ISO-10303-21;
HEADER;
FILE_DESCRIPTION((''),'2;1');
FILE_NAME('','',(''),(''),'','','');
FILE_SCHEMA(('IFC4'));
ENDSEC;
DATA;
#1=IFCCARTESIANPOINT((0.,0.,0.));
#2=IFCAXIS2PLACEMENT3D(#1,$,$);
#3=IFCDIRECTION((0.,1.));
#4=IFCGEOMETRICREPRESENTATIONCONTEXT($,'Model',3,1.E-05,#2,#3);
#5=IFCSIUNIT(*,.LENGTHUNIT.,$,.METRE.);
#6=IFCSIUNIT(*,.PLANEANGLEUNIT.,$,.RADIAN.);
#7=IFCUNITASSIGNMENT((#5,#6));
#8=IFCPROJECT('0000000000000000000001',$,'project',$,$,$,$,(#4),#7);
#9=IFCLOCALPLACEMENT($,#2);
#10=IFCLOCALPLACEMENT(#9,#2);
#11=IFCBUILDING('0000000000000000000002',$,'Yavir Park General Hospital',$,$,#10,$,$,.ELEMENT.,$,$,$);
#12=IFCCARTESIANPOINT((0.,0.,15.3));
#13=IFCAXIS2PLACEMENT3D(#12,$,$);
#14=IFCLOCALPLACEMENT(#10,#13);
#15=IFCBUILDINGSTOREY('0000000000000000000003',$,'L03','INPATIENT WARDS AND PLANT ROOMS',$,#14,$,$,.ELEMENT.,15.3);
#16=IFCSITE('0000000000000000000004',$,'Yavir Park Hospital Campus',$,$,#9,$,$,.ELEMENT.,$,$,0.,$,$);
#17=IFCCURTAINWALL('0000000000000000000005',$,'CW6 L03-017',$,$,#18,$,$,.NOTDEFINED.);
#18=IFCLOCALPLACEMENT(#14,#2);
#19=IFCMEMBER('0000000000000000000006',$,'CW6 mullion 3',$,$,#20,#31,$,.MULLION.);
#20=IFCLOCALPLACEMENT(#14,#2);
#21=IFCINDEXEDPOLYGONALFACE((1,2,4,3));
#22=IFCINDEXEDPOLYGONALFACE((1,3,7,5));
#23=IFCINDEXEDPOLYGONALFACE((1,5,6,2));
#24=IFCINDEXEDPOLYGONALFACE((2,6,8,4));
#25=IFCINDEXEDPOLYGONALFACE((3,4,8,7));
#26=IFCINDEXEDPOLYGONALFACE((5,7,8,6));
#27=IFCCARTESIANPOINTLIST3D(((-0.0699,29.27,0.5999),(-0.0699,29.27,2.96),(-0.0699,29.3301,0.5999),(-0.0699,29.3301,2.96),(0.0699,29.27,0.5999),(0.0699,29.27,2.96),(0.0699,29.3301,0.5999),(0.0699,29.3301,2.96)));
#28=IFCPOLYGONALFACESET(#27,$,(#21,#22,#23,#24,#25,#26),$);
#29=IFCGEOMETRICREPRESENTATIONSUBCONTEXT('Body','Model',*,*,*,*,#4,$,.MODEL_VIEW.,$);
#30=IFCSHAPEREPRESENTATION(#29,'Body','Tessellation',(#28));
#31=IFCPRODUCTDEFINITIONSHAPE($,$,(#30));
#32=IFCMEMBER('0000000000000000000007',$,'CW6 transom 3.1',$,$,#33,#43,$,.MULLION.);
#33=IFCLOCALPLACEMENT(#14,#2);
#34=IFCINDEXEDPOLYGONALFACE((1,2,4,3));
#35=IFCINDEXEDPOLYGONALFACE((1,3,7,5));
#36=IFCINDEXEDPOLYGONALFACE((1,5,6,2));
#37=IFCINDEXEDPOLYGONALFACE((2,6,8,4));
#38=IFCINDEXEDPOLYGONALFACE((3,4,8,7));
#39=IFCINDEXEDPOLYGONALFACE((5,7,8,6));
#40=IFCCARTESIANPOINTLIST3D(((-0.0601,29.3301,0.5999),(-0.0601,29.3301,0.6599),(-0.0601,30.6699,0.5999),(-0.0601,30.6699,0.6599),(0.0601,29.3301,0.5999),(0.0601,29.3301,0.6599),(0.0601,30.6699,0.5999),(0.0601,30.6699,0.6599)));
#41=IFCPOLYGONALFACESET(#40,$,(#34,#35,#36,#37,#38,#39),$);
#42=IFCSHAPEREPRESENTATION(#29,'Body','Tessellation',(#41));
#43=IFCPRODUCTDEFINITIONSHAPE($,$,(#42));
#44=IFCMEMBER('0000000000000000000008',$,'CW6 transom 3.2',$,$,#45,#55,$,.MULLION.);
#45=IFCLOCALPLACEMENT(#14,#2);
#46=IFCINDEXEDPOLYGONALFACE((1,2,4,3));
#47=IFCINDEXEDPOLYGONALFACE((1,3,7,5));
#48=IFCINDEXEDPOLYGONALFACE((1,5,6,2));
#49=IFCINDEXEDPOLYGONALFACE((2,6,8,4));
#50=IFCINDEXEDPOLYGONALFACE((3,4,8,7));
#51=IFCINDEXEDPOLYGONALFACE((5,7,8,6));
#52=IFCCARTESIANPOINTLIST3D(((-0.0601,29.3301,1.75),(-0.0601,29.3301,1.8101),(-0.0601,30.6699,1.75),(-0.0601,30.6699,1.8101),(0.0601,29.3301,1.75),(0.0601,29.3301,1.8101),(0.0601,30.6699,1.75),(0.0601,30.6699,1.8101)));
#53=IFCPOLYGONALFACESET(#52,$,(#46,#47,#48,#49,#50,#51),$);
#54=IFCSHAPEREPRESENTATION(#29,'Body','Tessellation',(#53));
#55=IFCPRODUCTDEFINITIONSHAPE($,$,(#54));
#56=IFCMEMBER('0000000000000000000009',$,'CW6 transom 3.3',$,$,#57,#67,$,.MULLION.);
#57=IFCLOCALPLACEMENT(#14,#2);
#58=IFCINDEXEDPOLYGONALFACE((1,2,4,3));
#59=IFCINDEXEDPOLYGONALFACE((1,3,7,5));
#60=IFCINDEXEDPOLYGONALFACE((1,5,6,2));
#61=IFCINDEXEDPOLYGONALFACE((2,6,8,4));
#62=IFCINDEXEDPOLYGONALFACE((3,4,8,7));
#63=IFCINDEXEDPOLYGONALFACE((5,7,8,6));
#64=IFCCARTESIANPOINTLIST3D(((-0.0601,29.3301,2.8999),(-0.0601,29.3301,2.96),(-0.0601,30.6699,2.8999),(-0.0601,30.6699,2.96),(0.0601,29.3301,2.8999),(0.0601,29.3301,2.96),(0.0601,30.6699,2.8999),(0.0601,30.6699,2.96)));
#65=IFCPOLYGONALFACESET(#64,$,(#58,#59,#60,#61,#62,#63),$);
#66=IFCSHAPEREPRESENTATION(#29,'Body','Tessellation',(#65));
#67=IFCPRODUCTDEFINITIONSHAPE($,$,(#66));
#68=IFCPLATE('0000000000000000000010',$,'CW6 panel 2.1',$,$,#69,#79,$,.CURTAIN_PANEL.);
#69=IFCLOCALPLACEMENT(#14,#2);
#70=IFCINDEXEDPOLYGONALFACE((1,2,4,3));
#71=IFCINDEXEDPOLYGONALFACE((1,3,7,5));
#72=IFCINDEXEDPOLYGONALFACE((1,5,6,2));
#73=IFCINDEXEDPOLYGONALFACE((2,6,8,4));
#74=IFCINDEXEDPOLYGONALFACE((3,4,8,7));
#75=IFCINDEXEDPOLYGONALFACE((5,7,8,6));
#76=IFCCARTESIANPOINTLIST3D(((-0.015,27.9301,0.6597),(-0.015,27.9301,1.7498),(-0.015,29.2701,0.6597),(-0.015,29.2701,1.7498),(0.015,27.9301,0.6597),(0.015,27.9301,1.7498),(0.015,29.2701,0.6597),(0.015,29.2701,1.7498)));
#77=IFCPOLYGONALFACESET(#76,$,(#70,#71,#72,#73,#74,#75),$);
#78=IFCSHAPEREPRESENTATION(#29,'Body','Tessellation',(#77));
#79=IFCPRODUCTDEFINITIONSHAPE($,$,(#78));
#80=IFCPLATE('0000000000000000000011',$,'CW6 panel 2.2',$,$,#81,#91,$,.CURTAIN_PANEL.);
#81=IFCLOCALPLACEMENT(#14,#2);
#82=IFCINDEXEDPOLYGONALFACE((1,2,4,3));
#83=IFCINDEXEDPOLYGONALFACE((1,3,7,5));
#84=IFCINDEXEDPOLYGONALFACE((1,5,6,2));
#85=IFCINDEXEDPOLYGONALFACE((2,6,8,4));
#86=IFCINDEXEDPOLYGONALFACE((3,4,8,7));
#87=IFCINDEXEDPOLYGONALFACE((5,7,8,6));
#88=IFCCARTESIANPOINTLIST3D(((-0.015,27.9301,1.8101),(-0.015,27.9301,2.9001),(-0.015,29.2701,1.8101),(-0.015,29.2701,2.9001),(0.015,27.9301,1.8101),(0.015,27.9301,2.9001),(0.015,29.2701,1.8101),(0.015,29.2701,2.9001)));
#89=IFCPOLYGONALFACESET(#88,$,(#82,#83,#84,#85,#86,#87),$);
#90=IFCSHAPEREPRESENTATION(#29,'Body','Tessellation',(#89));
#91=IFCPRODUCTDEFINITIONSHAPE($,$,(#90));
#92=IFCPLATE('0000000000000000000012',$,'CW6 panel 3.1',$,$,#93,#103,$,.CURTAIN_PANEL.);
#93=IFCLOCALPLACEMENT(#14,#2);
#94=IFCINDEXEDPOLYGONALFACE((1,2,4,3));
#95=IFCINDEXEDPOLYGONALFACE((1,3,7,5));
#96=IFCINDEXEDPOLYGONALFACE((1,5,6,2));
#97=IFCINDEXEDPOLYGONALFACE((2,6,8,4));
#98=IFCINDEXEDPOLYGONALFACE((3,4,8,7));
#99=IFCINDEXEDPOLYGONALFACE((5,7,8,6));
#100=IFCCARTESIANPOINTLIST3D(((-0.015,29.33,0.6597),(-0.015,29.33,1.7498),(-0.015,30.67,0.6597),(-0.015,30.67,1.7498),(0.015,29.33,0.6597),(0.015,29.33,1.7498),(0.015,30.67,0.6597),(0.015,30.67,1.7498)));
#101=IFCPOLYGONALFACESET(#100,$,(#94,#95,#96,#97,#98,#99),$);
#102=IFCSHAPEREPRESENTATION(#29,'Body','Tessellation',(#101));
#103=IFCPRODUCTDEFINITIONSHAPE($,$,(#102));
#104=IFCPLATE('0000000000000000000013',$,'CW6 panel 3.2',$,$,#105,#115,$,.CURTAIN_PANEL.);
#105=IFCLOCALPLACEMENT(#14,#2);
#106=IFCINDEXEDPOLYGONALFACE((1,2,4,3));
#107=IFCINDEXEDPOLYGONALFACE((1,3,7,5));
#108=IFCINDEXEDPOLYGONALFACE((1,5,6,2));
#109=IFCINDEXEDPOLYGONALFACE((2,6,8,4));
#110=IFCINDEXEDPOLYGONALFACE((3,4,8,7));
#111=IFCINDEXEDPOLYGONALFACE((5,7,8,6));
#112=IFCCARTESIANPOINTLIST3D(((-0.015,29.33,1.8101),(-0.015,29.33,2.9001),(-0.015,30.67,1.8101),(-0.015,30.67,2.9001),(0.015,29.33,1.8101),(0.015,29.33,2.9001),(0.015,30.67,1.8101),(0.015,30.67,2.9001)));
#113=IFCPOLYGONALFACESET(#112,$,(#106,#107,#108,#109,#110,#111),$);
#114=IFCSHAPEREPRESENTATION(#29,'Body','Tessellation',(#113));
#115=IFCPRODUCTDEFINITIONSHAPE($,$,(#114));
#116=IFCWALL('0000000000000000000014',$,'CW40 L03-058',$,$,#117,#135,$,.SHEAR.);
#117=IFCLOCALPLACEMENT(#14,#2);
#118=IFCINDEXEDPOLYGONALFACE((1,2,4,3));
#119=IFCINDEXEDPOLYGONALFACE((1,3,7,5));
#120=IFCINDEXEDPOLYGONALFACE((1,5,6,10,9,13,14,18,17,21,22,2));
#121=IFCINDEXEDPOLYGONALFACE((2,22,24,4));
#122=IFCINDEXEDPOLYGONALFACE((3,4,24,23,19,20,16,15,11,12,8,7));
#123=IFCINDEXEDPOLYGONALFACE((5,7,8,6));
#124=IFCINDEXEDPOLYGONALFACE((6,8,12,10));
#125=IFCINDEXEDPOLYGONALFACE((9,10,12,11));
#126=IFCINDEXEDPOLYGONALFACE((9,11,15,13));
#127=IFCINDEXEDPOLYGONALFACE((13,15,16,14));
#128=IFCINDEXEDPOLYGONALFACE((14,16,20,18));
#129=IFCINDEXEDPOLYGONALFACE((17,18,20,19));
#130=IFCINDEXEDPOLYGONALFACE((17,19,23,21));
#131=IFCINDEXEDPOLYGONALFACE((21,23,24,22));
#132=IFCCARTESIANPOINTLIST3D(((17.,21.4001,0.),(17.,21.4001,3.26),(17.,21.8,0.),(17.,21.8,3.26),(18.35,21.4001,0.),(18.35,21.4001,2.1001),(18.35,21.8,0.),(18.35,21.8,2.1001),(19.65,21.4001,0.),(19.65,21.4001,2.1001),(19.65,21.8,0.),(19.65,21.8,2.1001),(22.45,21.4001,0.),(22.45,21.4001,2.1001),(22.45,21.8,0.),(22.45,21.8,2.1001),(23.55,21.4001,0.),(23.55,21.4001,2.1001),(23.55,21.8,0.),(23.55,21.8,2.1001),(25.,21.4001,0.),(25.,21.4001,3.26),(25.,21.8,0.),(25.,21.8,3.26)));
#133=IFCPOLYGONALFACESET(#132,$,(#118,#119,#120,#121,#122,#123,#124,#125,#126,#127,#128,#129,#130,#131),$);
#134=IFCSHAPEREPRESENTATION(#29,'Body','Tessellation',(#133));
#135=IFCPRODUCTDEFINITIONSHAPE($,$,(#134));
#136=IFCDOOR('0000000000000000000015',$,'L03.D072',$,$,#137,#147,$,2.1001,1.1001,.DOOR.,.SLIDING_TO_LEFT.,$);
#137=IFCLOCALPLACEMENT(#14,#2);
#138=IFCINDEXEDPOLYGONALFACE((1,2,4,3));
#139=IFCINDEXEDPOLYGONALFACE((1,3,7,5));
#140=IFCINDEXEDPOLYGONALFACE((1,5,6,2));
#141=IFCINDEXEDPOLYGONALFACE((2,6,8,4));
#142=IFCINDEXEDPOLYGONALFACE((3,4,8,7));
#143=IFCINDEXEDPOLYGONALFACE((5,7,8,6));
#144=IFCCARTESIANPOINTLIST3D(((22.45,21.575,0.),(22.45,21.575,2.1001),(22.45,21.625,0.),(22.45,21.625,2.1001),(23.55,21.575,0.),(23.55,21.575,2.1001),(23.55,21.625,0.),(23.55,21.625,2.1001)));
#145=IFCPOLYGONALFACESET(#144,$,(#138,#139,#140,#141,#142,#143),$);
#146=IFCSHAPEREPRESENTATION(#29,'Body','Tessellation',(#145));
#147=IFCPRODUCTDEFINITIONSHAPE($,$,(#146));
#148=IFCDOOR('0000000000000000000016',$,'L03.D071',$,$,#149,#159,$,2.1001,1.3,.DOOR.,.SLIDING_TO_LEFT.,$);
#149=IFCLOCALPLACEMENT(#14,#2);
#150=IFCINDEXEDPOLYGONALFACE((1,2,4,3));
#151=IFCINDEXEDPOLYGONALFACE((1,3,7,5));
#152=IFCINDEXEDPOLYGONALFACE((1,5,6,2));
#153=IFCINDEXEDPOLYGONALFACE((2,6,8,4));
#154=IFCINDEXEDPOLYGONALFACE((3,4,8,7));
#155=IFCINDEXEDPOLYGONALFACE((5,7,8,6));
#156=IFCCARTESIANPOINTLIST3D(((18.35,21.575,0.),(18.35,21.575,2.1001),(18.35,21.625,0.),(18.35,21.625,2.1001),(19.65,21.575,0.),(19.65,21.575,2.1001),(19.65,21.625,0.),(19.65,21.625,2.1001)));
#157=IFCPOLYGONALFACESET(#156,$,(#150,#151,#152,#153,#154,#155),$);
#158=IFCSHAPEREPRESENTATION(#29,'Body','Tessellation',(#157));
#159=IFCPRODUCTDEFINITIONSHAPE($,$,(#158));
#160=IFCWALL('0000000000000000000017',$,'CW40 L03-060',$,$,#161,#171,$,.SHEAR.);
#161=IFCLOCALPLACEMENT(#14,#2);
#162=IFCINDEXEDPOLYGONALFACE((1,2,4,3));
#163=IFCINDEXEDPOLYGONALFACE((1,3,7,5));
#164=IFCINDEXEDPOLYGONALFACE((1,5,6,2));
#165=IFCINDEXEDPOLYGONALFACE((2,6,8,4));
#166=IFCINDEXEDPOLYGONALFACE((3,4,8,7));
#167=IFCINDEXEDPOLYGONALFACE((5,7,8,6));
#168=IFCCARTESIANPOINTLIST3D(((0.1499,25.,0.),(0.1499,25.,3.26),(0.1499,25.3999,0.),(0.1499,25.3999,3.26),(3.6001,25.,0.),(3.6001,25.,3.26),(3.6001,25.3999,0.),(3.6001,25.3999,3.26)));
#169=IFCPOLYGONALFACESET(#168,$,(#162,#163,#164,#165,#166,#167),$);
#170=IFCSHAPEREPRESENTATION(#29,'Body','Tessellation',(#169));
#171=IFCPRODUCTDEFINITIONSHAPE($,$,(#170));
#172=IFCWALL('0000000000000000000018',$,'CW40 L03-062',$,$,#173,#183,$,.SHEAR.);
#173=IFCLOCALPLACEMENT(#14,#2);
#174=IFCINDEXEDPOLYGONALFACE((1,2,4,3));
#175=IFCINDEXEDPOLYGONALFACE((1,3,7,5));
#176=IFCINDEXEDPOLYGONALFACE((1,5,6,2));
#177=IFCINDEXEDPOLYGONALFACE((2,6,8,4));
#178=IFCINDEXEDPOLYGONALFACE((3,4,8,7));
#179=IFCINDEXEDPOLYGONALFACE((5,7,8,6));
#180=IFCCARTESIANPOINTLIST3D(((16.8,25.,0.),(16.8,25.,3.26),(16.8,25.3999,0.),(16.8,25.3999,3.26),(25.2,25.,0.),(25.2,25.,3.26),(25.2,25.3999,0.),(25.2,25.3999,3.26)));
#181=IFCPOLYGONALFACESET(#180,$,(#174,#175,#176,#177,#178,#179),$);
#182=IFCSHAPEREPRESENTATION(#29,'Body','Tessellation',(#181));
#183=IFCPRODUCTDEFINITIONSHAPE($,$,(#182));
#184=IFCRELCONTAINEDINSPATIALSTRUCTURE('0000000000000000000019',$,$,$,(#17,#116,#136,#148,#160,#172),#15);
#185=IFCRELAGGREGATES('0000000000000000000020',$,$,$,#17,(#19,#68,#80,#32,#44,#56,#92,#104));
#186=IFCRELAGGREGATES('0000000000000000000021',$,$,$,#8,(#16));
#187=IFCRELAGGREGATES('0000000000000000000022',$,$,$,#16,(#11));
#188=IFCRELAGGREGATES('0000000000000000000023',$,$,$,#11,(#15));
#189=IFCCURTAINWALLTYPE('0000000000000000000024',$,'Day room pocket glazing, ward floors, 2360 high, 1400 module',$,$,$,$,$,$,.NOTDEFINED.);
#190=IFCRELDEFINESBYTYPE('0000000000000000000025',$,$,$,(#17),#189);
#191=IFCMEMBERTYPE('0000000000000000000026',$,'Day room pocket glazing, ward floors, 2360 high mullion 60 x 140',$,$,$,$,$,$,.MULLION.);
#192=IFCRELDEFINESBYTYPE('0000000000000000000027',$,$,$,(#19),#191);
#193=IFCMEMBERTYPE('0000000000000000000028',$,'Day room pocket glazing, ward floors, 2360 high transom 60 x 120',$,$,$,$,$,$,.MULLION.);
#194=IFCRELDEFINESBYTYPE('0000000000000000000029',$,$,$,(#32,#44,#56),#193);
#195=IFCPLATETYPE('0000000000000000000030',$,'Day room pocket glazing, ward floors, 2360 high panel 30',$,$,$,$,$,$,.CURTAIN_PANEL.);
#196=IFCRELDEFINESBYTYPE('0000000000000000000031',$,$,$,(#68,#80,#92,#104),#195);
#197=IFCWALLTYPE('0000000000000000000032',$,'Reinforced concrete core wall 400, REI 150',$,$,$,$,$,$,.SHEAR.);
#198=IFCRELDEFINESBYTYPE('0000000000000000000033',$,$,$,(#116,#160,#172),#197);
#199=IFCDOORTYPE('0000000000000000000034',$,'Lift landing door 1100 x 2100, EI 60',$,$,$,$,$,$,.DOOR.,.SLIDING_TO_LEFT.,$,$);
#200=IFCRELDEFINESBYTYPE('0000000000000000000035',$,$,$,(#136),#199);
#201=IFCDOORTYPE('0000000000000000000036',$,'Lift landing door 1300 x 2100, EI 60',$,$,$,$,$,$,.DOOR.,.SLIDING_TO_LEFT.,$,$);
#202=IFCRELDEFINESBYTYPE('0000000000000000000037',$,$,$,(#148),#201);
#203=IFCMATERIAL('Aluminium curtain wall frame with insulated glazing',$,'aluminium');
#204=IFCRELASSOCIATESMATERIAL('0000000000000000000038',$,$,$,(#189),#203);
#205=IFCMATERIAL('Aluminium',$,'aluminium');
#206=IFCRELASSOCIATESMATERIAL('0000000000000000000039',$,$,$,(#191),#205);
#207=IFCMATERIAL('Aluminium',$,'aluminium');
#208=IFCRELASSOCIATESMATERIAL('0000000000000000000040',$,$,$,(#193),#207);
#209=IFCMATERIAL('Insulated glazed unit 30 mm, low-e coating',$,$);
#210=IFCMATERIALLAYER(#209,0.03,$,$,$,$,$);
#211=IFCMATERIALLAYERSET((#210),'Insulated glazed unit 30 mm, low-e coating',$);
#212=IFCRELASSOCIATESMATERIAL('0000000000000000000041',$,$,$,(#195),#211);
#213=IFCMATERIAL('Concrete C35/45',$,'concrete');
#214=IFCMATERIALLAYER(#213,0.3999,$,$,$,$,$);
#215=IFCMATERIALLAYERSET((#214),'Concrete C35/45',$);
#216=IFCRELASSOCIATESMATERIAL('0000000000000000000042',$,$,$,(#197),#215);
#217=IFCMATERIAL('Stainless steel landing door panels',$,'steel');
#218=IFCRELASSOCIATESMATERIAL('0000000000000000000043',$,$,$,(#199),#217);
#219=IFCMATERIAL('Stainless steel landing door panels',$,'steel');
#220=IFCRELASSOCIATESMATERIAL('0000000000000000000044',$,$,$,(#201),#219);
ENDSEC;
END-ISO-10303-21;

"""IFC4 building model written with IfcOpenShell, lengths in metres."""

from ifc_helpers import new_model, si_unit, direction, frame, frame_2d, origin, origin_2d, place, context, subcontext, project, spatial, rectangle, extrude, material, layer, layer_set, material_profile, profile_set, type_object, element, fill, aggregate, save


model = new_model("IFC4")

# Units and contexts
model_context = context("Model", 3, precision=1e-05, world=origin(), true_north=direction((0.0, 1.0)))
body_context = subcontext(model_context, "Body", "Model", "MODEL_VIEW")
ifc_project = project(units=[si_unit("LENGTHUNIT", "METRE"), si_unit("PLANEANGLEUNIT", "RADIAN")], contexts=[model_context])

# Site, building, storey
site_placement = place(None, origin())
site = spatial("IfcSite", under=ifc_project, at=site_placement, Name="Yavir Park Hospital Campus", CompositionType="ELEMENT", RefElevation=0.0)
building_placement = place(site_placement, origin())
building = spatial("IfcBuilding", under=site, at=building_placement, Name="Yavir Park General Hospital", CompositionType="ELEMENT")
storey_placement = place(building_placement, frame((0.0, 0.0, 15.3)))
storey = spatial("IfcBuildingStorey", under=building, at=storey_placement, Name="L03", Description="INPATIENT WARDS AND PLANT ROOMS", CompositionType="ELEMENT", Elevation=15.3)

# Curtain wall, members, plates
ifc_material_1 = material(Name="Aluminium curtain wall frame with insulated glazing", Category="aluminium")
curtain_wall_type = type_object("IfcCurtainWallType", Name="Day room pocket glazing, ward floors, 2360 high, 1400 module", PredefinedType="NOTDEFINED", material=ifc_material_1)
curtain_wall_placement = place(storey_placement, origin())
curtain_wall = element("IfcCurtainWall", 1, at=curtain_wall_placement, inside=storey, type_object=curtain_wall_type, Name="CW6 L03-017", PredefinedType="NOTDEFINED")
ifc_material_2 = material(Name="Aluminium", Category="aluminium")
ifc_material_profile_1 = material_profile(ifc_material_2, rectangle(XDim=0.1399, YDim=0.0601, at=origin_2d()), Name="AL 60x140")
ifc_profile_set_1 = profile_set([ifc_material_profile_1], Name="Aluminium")
member_type_1 = type_object("IfcMemberType", Name="Day room pocket glazing, ward floors, 2360 high mullion 60 x 140", PredefinedType="MULLION", material=ifc_profile_set_1)
member_1_placement = place(storey_placement, frame((0.0, 29.3, 0.5999), z_axis=(0.0, 0.0, 1.0), x_axis=(-1.0, 0.0, 0.0)))
member_1 = element("IfcMember", 2, at=member_1_placement, type_object=member_type_1, Name="CW6 mullion 3", PredefinedType="MULLION", context=body_context, shape_type="SweptSolid", body=[
    extrude(rectangle(XDim=0.1399, YDim=0.0601, at=origin_2d()), origin(), (0.0, 0.0, 1.0), 2.3601),
])
ifc_material_3 = material(Name="Aluminium", Category="aluminium")
ifc_material_profile_2 = material_profile(ifc_material_3, rectangle(XDim=0.1201, YDim=0.0601, at=origin_2d()), Name="AL 120x60")
ifc_profile_set_2 = profile_set([ifc_material_profile_2], Name="Aluminium")
member_type_2 = type_object("IfcMemberType", Name="Day room pocket glazing, ward floors, 2360 high transom 60 x 120", PredefinedType="MULLION", material=ifc_profile_set_2)
member_2_placement = place(storey_placement, frame((0.0, 29.3301, 0.6299), z_axis=(0.0, 1.0, 0.0), x_axis=(-1.0, 0.0, 0.0)))
member_2 = element("IfcMember", 3, at=member_2_placement, type_object=member_type_2, Name="CW6 transom 3.1", PredefinedType="MULLION", context=body_context, shape_type="SweptSolid", body=[
    extrude(rectangle(XDim=0.1201, YDim=0.0601, at=origin_2d()), origin(), (0.0, 0.0, 1.0), 1.3398),
])
member_3_placement = place(storey_placement, frame((0.0, 29.3301, 1.78), z_axis=(0.0, 1.0, 0.0), x_axis=(-1.0, 0.0, 0.0)))
member_3 = element("IfcMember", 4, at=member_3_placement, type_object=member_type_2, Name="CW6 transom 3.2", PredefinedType="MULLION", context=body_context, shape_type="SweptSolid", body=[
    extrude(rectangle(XDim=0.1201, YDim=0.0601, at=origin_2d()), origin(), (0.0, 0.0, 1.0), 1.3398),
])
member_4_placement = place(storey_placement, frame((0.0, 29.3301, 2.9299), z_axis=(0.0, 1.0, 0.0), x_axis=(-1.0, 0.0, 0.0)))
member_4 = element("IfcMember", 5, at=member_4_placement, type_object=member_type_2, Name="CW6 transom 3.3", PredefinedType="MULLION", context=body_context, shape_type="SweptSolid", body=[
    extrude(rectangle(XDim=0.1201, YDim=0.0601, at=origin_2d()), origin(), (0.0, 0.0, 1.0), 1.3398),
])
ifc_material_4 = material(Name="Insulated glazed unit 30 mm, low-e coating")
ifc_layer_1 = layer(ifc_material_4, 0.03)
ifc_layer_set_1 = layer_set([ifc_layer_1], Name="Insulated glazed unit 30 mm, low-e coating")
plate_type = type_object("IfcPlateType", Name="Day room pocket glazing, ward floors, 2360 high panel 30", PredefinedType="CURTAIN_PANEL", material=ifc_layer_set_1)
plate_1_placement = place(storey_placement, frame((0.0, 28.6001, 0.6597), z_axis=(0.0, 0.0, 1.0), x_axis=(0.0, 1.0, 0.0)))
plate_1 = element("IfcPlate", 6, at=plate_1_placement, type_object=plate_type, Name="CW6 panel 2.1", PredefinedType="CURTAIN_PANEL", context=body_context, shape_type="SweptSolid", body=[
    extrude(rectangle(XDim=1.3401, YDim=0.03, at=origin_2d()), origin(), (0.0, 0.0, 1.0), 1.0901),
])
plate_2_placement = place(storey_placement, frame((0.0, 28.6001, 1.8101), z_axis=(0.0, 0.0, 1.0), x_axis=(0.0, 1.0, 0.0)))
plate_2 = element("IfcPlate", 7, at=plate_2_placement, type_object=plate_type, Name="CW6 panel 2.2", PredefinedType="CURTAIN_PANEL", context=body_context, shape_type="SweptSolid", body=[
    extrude(rectangle(XDim=1.3401, YDim=0.03, at=origin_2d()), origin(), (0.0, 0.0, 1.0), 1.0901),
])
plate_3_placement = place(storey_placement, frame((0.0, 30.0, 0.6597), z_axis=(0.0, 0.0, 1.0), x_axis=(0.0, 1.0, 0.0)))
plate_3 = element("IfcPlate", 8, at=plate_3_placement, type_object=plate_type, Name="CW6 panel 3.1", PredefinedType="CURTAIN_PANEL", context=body_context, shape_type="SweptSolid", body=[
    extrude(rectangle(XDim=1.3401, YDim=0.03, at=origin_2d()), origin(), (0.0, 0.0, 1.0), 1.0901),
])
plate_4_placement = place(storey_placement, frame((0.0, 30.0, 1.8101), z_axis=(0.0, 0.0, 1.0), x_axis=(0.0, 1.0, 0.0)))
plate_4 = element("IfcPlate", 9, at=plate_4_placement, type_object=plate_type, Name="CW6 panel 3.2", PredefinedType="CURTAIN_PANEL", context=body_context, shape_type="SweptSolid", body=[
    extrude(rectangle(XDim=1.3401, YDim=0.03, at=origin_2d()), origin(), (0.0, 0.0, 1.0), 1.0901),
])
aggregate(curtain_wall, [member_1, plate_1, plate_2, member_2, member_3, member_4, plate_3, plate_4])

# Wall, openings, doors
ifc_material_5 = material(Name="Concrete C35/45", Category="concrete")
ifc_layer_2 = layer(ifc_material_5, 0.3999)
ifc_layer_set_2 = layer_set([ifc_layer_2], Name="Concrete C35/45")
wall_type_1 = type_object("IfcWallType", Name="Reinforced concrete core wall 400, REI 150", PredefinedType="SHEAR", material=ifc_layer_set_2)
wall_1_placement = place(storey_placement, frame((17.0, 21.6001, 0.0), z_axis=(0.0, 0.0, 1.0), x_axis=(1.0, 0.0, 0.0)))
wall_1 = element("IfcWall", 10, at=wall_1_placement, inside=storey, type_object=wall_type_1, Name="CW40 L03-058", PredefinedType="SHEAR", context=body_context, shape_type="SweptSolid", body=[
    extrude(rectangle(XDim=8.0, YDim=0.3999, at=frame_2d((4.0, 0.0))), origin(), (0.0, 0.0, 1.0), 3.26),
])
opening_1_placement = place(wall_1_placement, frame((1.3501, 0.0, 0.0)))
opening_1 = element("IfcOpeningElement", 11, at=opening_1_placement, cuts=wall_1, PredefinedType="OPENING", context=body_context, shape_type="SweptSolid", body=[
    extrude(rectangle(XDim=1.3, YDim=2.1001, at=frame_2d((0.6499, 1.05))), frame((0.0, 0.21, 0.0), z_axis=(0.0, -1.0, 0.0), x_axis=(1.0, 0.0, 0.0)), (0.0, 0.0, 1.0), 0.4199),
])
opening_2_placement = place(wall_1_placement, frame((5.45, 0.0, 0.0)))
opening_2 = element("IfcOpeningElement", 12, at=opening_2_placement, cuts=wall_1, PredefinedType="OPENING", context=body_context, shape_type="SweptSolid", body=[
    extrude(rectangle(XDim=1.1001, YDim=2.1001, at=frame_2d((0.55, 1.05))), frame((0.0, 0.21, 0.0), z_axis=(0.0, -1.0, 0.0), x_axis=(1.0, 0.0, 0.0)), (0.0, 0.0, 1.0), 0.4199),
])
ifc_material_6 = material(Name="Stainless steel landing door panels", Category="steel")
door_type_1 = type_object("IfcDoorType", Name="Lift landing door 1100 x 2100, EI 60", OperationType="SLIDING_TO_LEFT", PredefinedType="DOOR", material=ifc_material_6)
door_1_placement = place(opening_2_placement, origin())
door_1 = element("IfcDoor", 13, at=door_1_placement, inside=storey, type_object=door_type_1, Name="L03.D072", OperationType="SLIDING_TO_LEFT", OverallHeight=2.1001, OverallWidth=1.1001, PredefinedType="DOOR", context=body_context, shape_type="SweptSolid", body=[
    extrude(rectangle(XDim=1.1001, YDim=2.1001, at=frame_2d((0.55, 1.05))), frame((0.0, 0.0249, 0.0), z_axis=(0.0, -1.0, 0.0), x_axis=(1.0, 0.0, 0.0)), (0.0, 0.0, 1.0), 0.05),
])
fill(opening_2, door_1)
ifc_material_7 = material(Name="Stainless steel landing door panels", Category="steel")
door_type_2 = type_object("IfcDoorType", Name="Lift landing door 1300 x 2100, EI 60", OperationType="SLIDING_TO_LEFT", PredefinedType="DOOR", material=ifc_material_7)
door_2_placement = place(opening_1_placement, origin())
door_2 = element("IfcDoor", 14, at=door_2_placement, inside=storey, type_object=door_type_2, Name="L03.D071", OperationType="SLIDING_TO_LEFT", OverallHeight=2.1001, OverallWidth=1.3, PredefinedType="DOOR", context=body_context, shape_type="SweptSolid", body=[
    extrude(rectangle(XDim=1.3, YDim=2.1001, at=frame_2d((0.6499, 1.05))), frame((0.0, 0.0249, 0.0), z_axis=(0.0, -1.0, 0.0), x_axis=(1.0, 0.0, 0.0)), (0.0, 0.0, 1.0), 0.05),
])
fill(opening_1, door_2)

# Walls
wall_2_placement = place(storey_placement, frame((0.1499, 25.2, 0.0), z_axis=(0.0, 0.0, 1.0), x_axis=(1.0, 0.0, 0.0)))
element("IfcWall", 15, at=wall_2_placement, inside=storey, type_object=wall_type_1, Name="CW40 L03-060", PredefinedType="SHEAR", context=body_context, shape_type="SweptSolid", body=[
    extrude(rectangle(XDim=3.4502, YDim=0.3999, at=frame_2d((1.7251, 0.0))), origin(), (0.0, 0.0, 1.0), 3.26),
])
wall_3_placement = place(storey_placement, frame((16.8, 25.2, 0.0), z_axis=(0.0, 0.0, 1.0), x_axis=(1.0, 0.0, 0.0)))
element("IfcWall", 16, at=wall_3_placement, inside=storey, type_object=wall_type_1, Name="CW40 L03-062", PredefinedType="SHEAR", context=body_context, shape_type="SweptSolid", body=[
    extrude(rectangle(XDim=8.3999, YDim=0.3999, at=frame_2d((4.2, 0.0))), origin(), (0.0, 0.0, 1.0), 3.26),
])

save(model, "model.ifc")
